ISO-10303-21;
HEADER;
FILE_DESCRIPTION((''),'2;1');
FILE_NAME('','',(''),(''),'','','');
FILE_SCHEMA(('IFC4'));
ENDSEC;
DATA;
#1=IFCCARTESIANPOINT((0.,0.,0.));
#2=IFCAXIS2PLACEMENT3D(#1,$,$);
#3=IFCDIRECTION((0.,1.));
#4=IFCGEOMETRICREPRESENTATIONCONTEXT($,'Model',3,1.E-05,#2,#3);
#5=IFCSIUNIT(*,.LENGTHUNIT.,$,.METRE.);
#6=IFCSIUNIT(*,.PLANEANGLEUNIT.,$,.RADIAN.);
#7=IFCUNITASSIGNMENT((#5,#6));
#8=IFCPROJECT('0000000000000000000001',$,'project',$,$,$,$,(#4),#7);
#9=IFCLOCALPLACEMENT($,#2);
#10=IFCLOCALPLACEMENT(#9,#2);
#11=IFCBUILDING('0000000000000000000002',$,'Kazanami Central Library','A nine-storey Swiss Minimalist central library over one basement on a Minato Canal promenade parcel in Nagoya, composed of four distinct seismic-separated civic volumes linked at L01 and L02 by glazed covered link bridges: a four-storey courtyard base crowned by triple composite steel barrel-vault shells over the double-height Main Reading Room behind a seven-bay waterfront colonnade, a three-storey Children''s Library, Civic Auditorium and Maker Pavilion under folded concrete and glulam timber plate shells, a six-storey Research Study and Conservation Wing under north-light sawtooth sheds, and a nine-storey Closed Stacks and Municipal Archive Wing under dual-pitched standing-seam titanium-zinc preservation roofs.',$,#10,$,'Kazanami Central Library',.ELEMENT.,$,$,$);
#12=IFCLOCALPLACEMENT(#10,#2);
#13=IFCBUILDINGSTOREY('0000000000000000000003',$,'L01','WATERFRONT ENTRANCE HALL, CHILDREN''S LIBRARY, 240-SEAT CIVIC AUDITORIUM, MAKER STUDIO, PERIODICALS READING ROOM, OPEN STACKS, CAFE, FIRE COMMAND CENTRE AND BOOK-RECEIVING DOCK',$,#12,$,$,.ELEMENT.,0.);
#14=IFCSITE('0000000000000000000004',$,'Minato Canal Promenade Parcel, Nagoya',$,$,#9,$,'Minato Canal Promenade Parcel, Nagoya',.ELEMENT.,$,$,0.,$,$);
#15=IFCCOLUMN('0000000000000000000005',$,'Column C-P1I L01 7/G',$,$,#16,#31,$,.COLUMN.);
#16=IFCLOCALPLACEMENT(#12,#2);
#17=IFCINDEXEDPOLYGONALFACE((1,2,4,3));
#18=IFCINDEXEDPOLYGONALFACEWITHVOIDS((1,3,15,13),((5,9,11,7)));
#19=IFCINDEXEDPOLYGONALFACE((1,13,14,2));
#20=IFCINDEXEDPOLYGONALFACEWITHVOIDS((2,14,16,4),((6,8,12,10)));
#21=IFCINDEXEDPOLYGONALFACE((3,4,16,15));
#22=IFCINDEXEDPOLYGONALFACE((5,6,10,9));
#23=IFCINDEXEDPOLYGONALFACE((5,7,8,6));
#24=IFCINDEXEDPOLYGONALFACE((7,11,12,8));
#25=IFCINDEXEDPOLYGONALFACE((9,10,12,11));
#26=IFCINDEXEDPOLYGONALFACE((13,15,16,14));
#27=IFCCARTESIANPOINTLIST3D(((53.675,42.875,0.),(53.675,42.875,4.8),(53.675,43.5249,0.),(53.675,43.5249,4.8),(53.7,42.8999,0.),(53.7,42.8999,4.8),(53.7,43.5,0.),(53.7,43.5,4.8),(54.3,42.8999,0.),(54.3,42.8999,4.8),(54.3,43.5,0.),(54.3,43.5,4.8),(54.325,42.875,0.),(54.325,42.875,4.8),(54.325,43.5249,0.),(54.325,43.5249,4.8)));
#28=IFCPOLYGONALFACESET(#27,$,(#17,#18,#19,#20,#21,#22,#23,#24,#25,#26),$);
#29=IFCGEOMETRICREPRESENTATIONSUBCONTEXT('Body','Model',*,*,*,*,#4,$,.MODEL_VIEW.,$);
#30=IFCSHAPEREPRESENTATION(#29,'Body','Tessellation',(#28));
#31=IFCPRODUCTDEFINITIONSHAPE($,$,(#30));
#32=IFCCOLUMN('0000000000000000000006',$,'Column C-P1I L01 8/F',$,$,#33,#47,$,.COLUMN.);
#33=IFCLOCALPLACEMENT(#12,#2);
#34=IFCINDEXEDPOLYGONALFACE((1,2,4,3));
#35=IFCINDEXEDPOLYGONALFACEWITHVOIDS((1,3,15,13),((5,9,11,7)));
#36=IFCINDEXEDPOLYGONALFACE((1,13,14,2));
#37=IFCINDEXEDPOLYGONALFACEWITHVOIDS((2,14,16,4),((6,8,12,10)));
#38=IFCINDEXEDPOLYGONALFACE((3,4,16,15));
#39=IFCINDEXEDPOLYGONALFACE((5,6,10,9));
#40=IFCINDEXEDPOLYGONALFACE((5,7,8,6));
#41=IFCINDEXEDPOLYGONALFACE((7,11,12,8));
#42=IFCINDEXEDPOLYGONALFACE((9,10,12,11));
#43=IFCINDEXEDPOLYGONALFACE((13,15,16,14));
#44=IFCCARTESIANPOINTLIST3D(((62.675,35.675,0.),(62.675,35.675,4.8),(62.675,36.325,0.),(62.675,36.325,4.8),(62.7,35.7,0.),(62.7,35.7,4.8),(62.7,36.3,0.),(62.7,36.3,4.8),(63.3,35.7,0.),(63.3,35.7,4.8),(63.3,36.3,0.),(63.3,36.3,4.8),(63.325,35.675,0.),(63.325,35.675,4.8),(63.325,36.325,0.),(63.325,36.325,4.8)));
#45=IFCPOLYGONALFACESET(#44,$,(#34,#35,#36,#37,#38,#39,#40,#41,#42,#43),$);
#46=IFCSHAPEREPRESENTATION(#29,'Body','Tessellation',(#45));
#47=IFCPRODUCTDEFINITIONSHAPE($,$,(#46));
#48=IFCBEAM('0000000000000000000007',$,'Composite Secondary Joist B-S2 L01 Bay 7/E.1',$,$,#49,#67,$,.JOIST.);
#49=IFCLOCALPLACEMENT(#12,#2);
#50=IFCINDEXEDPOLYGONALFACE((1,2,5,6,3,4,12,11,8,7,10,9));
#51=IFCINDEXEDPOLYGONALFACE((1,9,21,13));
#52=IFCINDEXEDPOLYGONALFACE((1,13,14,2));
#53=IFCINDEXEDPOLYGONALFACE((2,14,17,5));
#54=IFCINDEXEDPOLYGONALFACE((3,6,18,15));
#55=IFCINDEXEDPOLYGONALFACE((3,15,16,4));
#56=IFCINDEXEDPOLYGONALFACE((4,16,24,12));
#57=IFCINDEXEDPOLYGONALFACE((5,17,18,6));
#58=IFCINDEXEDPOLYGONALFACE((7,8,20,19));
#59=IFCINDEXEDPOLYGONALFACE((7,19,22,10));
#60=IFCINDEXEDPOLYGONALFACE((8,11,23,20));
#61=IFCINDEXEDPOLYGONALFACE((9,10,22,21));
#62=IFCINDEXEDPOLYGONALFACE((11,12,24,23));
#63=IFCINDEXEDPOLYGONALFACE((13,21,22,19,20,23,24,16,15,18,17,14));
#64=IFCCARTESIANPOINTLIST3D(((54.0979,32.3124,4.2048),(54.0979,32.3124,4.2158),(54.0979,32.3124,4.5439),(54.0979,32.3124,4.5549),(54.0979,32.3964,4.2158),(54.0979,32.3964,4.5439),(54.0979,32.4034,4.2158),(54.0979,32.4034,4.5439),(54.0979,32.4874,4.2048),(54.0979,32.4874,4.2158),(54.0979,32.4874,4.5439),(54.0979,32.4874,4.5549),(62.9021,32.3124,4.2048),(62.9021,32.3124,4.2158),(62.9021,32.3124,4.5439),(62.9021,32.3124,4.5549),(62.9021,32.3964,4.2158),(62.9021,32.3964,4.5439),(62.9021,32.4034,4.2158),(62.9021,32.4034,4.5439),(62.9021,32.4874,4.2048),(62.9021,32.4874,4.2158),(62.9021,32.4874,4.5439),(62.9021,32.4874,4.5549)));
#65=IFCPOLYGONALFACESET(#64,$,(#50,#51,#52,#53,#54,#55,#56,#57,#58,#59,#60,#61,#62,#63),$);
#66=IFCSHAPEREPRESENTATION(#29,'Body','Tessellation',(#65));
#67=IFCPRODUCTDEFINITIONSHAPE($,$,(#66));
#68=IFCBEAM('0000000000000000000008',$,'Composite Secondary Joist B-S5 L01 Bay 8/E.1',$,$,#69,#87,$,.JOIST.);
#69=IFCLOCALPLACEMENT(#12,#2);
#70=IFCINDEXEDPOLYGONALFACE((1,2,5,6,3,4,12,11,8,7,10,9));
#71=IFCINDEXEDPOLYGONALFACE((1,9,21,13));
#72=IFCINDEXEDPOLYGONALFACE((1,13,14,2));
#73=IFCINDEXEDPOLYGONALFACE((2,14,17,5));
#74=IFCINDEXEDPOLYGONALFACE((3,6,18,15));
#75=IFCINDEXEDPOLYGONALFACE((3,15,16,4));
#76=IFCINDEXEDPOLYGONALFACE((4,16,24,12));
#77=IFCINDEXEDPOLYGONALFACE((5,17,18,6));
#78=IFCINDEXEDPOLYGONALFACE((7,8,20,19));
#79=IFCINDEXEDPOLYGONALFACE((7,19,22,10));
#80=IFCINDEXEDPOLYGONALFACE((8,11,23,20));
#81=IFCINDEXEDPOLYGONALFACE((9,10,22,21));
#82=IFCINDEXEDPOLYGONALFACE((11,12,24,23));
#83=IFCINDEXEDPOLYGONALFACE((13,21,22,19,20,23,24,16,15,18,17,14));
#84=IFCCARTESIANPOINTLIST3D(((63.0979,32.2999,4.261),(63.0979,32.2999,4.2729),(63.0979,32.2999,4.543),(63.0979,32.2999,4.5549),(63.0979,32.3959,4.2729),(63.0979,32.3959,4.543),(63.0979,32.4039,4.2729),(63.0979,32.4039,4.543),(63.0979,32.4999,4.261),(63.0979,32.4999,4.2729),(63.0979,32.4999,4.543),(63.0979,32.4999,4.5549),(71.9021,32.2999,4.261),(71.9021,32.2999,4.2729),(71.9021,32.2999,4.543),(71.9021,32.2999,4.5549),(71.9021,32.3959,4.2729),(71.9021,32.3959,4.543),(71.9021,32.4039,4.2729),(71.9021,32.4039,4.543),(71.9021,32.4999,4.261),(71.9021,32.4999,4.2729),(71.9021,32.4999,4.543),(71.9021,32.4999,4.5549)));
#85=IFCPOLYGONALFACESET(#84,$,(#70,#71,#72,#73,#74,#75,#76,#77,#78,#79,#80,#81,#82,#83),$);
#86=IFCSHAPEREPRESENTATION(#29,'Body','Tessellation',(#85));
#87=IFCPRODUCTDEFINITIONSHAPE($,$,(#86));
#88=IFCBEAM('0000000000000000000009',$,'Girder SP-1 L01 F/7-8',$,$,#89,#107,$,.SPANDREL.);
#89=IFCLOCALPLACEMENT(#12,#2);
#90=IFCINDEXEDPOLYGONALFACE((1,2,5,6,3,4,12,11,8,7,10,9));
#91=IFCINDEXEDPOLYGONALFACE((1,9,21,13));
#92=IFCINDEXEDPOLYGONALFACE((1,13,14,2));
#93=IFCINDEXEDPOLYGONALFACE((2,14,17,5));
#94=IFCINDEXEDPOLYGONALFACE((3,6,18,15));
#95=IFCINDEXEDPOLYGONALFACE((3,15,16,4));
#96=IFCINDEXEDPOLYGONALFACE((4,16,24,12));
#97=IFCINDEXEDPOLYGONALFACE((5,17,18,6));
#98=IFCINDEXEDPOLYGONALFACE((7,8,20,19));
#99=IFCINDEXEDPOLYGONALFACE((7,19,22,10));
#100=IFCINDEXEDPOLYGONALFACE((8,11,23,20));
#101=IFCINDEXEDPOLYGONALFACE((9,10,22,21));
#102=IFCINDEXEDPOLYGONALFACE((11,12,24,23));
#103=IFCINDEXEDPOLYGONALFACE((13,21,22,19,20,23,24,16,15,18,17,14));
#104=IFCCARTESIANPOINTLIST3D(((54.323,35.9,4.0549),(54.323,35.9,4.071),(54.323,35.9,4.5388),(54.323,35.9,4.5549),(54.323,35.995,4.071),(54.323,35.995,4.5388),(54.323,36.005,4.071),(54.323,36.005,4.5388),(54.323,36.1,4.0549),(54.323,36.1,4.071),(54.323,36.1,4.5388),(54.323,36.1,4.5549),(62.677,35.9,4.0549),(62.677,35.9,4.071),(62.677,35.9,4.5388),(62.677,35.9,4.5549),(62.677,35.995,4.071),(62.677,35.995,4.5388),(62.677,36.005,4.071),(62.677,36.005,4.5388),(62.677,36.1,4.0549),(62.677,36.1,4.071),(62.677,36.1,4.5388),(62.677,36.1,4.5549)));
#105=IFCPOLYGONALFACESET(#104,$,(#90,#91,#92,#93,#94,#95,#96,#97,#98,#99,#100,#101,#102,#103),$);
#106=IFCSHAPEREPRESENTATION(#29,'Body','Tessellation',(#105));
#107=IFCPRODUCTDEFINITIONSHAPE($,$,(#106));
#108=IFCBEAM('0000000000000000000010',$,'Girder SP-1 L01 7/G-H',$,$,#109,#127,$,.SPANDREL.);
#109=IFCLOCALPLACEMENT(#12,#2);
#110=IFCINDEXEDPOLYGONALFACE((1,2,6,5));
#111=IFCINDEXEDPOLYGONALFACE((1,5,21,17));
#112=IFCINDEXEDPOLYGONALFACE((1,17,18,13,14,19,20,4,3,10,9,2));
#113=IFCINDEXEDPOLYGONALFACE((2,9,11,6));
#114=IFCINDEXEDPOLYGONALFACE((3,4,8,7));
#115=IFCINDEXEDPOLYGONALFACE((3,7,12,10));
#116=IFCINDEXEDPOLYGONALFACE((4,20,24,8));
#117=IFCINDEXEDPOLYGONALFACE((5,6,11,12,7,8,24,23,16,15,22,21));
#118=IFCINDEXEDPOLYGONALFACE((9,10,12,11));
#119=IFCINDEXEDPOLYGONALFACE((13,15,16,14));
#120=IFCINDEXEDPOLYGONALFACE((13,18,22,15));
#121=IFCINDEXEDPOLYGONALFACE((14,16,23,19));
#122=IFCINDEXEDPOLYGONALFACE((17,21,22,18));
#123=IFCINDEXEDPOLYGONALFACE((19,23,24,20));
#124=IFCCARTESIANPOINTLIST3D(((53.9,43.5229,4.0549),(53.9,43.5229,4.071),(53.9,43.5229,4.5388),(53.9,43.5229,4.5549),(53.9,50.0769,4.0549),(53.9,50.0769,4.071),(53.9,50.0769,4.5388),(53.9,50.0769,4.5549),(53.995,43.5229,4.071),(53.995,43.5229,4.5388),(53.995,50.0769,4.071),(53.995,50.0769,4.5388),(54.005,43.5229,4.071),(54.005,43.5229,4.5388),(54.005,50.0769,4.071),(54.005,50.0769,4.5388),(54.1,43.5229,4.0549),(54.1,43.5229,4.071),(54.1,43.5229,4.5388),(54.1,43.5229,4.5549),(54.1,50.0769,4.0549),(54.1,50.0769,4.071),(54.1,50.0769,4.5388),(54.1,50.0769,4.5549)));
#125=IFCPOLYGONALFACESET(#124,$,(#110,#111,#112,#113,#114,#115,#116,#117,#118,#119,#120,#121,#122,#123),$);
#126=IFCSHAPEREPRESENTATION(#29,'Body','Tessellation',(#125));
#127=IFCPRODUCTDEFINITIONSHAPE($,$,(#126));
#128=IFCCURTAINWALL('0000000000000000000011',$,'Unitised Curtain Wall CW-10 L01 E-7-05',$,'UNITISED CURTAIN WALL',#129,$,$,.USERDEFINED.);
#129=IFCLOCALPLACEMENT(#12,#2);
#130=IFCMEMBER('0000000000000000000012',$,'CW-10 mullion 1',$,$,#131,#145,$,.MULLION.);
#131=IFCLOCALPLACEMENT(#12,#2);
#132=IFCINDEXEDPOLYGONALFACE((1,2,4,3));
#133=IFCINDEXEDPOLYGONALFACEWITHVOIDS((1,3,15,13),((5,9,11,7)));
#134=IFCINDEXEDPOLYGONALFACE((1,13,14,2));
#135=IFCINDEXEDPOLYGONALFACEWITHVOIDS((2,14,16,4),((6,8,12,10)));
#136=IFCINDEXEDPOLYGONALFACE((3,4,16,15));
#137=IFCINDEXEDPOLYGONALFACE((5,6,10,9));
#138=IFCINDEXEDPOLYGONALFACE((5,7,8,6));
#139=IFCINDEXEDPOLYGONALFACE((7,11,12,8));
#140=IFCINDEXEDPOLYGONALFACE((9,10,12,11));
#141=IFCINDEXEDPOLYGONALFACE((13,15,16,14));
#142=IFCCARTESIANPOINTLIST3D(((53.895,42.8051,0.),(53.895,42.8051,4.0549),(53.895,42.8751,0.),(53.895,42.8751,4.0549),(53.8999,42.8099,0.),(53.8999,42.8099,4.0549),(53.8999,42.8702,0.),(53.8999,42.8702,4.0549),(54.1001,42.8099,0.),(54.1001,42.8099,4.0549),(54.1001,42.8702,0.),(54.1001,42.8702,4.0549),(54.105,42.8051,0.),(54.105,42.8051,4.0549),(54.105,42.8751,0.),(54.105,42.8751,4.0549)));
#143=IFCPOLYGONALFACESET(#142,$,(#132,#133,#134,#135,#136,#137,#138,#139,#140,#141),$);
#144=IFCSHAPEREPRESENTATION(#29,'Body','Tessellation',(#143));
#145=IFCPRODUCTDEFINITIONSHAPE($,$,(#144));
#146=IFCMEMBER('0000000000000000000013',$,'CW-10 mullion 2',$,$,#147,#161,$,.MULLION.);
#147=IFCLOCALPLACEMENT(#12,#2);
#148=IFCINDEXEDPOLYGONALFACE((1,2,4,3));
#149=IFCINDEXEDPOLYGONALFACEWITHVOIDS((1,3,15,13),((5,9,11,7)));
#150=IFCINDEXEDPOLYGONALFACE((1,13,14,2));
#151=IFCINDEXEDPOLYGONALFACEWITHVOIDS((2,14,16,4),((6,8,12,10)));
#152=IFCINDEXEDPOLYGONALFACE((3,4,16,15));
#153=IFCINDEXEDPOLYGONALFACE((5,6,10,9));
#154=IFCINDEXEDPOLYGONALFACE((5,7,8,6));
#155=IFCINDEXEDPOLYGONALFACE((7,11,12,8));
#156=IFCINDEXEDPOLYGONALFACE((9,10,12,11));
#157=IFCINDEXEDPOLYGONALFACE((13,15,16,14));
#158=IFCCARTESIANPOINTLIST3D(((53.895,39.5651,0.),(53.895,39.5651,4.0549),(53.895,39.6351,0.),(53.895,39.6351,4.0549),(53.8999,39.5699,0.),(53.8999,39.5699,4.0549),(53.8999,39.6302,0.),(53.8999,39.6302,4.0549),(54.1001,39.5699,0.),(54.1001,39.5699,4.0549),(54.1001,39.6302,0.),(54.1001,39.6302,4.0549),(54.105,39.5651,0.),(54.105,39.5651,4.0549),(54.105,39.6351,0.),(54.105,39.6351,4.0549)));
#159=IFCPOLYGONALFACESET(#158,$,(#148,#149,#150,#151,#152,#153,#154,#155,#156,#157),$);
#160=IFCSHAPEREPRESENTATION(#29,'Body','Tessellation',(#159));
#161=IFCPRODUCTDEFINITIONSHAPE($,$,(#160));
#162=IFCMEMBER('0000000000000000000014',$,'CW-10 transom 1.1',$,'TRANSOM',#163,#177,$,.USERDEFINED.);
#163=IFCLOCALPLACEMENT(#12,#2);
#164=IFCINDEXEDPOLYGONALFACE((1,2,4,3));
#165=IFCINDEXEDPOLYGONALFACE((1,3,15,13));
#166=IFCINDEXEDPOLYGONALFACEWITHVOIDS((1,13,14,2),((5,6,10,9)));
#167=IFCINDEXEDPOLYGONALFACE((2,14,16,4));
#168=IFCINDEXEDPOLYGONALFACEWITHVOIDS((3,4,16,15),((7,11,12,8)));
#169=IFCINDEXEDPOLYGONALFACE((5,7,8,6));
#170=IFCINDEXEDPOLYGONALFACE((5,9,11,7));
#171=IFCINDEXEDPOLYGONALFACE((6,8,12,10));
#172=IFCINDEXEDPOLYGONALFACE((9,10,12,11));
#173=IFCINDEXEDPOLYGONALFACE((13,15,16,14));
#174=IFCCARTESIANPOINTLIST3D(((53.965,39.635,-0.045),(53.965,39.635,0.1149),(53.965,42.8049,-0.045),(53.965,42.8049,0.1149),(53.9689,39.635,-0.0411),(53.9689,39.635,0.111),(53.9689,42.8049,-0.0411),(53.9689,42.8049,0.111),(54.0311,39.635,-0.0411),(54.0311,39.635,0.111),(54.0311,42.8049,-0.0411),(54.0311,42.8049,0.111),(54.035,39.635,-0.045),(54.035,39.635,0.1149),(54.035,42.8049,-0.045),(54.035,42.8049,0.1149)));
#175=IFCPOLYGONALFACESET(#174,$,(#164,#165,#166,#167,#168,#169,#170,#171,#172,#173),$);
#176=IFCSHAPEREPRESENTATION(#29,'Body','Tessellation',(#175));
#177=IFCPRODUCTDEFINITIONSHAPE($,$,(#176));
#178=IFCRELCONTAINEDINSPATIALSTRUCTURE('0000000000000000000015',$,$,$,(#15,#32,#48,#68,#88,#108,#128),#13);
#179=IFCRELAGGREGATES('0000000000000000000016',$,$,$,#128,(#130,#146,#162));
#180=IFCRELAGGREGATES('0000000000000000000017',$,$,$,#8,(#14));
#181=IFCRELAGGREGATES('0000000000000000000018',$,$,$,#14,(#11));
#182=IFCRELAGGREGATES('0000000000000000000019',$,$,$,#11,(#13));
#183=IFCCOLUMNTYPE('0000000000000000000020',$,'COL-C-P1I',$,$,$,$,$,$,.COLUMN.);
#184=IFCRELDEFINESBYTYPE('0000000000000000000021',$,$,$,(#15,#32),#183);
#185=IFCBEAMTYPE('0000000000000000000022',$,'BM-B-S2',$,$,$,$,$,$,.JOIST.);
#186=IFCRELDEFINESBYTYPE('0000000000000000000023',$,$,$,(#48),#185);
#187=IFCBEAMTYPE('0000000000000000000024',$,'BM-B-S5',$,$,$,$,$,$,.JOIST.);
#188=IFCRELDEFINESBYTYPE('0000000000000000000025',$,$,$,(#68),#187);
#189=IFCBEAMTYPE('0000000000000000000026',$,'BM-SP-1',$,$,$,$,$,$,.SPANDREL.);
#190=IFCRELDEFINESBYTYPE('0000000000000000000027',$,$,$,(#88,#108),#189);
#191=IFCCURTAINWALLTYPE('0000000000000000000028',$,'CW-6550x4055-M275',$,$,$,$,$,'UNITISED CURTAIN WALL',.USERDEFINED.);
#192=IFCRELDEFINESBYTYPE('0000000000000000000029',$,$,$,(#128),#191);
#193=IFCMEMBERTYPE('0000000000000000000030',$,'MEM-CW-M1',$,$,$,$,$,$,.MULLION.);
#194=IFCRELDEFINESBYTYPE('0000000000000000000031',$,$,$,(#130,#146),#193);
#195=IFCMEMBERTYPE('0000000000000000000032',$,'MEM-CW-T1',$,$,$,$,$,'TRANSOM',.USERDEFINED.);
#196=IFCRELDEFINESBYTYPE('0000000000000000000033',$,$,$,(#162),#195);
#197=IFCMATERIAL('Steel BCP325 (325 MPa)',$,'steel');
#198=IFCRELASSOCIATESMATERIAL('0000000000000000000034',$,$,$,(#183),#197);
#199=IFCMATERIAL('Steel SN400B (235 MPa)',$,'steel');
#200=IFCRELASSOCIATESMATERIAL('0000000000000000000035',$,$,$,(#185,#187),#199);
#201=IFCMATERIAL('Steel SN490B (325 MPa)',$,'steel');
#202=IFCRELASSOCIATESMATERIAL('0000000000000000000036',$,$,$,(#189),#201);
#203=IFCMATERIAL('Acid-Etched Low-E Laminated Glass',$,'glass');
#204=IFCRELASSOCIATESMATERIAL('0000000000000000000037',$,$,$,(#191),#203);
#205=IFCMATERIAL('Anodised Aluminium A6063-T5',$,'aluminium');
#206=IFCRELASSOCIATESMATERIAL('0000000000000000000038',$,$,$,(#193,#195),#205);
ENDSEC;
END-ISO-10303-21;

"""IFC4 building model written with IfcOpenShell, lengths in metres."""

from ifc_helpers import new_model, si_unit, direction, frame, origin, origin_2d, place, context, subcontext, project, spatial, hollow_rectangle, i_section, extrude, material, material_profile, profile_set, type_object, element, aggregate, save


model = new_model("IFC4")

# Units and contexts
model_context = context("Model", 3, precision=1e-05, world=origin(), true_north=direction((0.0, 1.0)))
body_context = subcontext(model_context, "Body", "Model", "MODEL_VIEW")
ifc_project = project(units=[si_unit("LENGTHUNIT", "METRE"), si_unit("PLANEANGLEUNIT", "RADIAN")], contexts=[model_context])

# Site, building, storey
site_placement = place(None, origin())
site = spatial("IfcSite", under=ifc_project, at=site_placement, Name="Minato Canal Promenade Parcel, Nagoya", LongName="Minato Canal Promenade Parcel, Nagoya", CompositionType="ELEMENT", RefElevation=0.0)
building_placement = place(site_placement, origin())
building = spatial("IfcBuilding", under=site, at=building_placement, Name="Kazanami Central Library", Description="A nine-storey Swiss Minimalist central library over one basement on a Minato Canal promenade parcel in Nagoya, composed of four distinct seismic-separated civic volumes linked at L01 and L02 by glazed covered link bridges: a four-storey courtyard base crowned by triple composite steel barrel-vault shells over the double-height Main Reading Room behind a seven-bay waterfront colonnade, a three-storey Children's Library, Civic Auditorium and Maker Pavilion under folded concrete and glulam timber plate shells, a six-storey Research Study and Conservation Wing under north-light sawtooth sheds, and a nine-storey Closed Stacks and Municipal Archive Wing under dual-pitched standing-seam titanium-zinc preservation roofs.", LongName="Kazanami Central Library", CompositionType="ELEMENT")
storey_placement = place(building_placement, origin())
storey = spatial("IfcBuildingStorey", under=building, at=storey_placement, Name="L01", Description="WATERFRONT ENTRANCE HALL, CHILDREN'S LIBRARY, 240-SEAT CIVIC AUDITORIUM, MAKER STUDIO, PERIODICALS READING ROOM, OPEN STACKS, CAFE, FIRE COMMAND CENTRE AND BOOK-RECEIVING DOCK", CompositionType="ELEMENT", Elevation=0.0)

# Columns
ifc_material_1 = material(Name="Steel BCP325 (325 MPa)", Category="steel")
ifc_material_profile_1 = material_profile(ifc_material_1, hollow_rectangle(XDim=0.6499, YDim=0.6499, WallThickness=0.0249, at=origin_2d()), Name="BCP-650x650x25")
ifc_profile_set_1 = profile_set([ifc_material_profile_1], Name="Steel BCP325 (325 MPa)")
column_type = type_object("IfcColumnType", Name="COL-C-P1I", PredefinedType="COLUMN", material=ifc_profile_set_1)
for number, where, z_axis, x_axis, name in (
    (1, (54.0, 43.2, 0.0), (0.0, 0.0, 1.0), (1.0, 0.0, 0.0), "Column C-P1I L01 7/G"),
    (2, (63.0, 36.0, 0.0), (0.0, 0.0, 1.0), (1.0, 0.0, 0.0), "Column C-P1I L01 8/F"),
):
    element("IfcColumn", number, at=place(storey_placement, frame(where, z_axis=z_axis, x_axis=x_axis)), inside=storey, type_object=column_type, Name=name, PredefinedType="COLUMN", context=body_context, shape_type="SweptSolid", body=[
        extrude(hollow_rectangle(XDim=0.6499, YDim=0.6499, WallThickness=0.0249, at=origin_2d()), origin(), (0.0, 0.0, 1.0), 4.8),
    ])

# Beams
ifc_material_2 = material(Name="Steel SN400B (235 MPa)", Category="steel")
ifc_material_profile_2 = material_profile(ifc_material_2, i_section(OverallWidth=0.175, OverallDepth=0.3501, WebThickness=0.0071, FlangeThickness=0.011, at=origin_2d()), Name="H-350x175x7x11")
ifc_profile_set_2 = profile_set([ifc_material_profile_2], Name="Steel SN400B (235 MPa)")
beam_type_1 = type_object("IfcBeamType", Name="BM-B-S2", PredefinedType="JOIST", material=ifc_profile_set_2)
beam_1_placement = place(storey_placement, frame((54.0979, 32.3999, 4.3799), z_axis=(1.0, 0.0, 0.0), x_axis=(0.0, 1.0, 0.0)))
element("IfcBeam", 3, at=beam_1_placement, inside=storey, type_object=beam_type_1, Name="Composite Secondary Joist B-S2 L01 Bay 7/E.1", PredefinedType="JOIST", context=body_context, shape_type="SweptSolid", body=[
    extrude(i_section(OverallWidth=0.175, OverallDepth=0.3501, WebThickness=0.0071, FlangeThickness=0.011, at=origin_2d()), origin(), (0.0, 0.0, 1.0), 8.8042),
])
ifc_material_profile_3 = material_profile(ifc_material_2, i_section(OverallWidth=0.2, OverallDepth=0.2939, WebThickness=0.0081, FlangeThickness=0.012, at=origin_2d()), Name="H-294x200x8x12")
ifc_profile_set_3 = profile_set([ifc_material_profile_3], Name="Steel SN400B (235 MPa)")
beam_type_2 = type_object("IfcBeamType", Name="BM-B-S5", PredefinedType="JOIST", material=ifc_profile_set_3)
beam_2_placement = place(storey_placement, frame((63.0979, 32.3999, 4.408), z_axis=(1.0, 0.0, 0.0), x_axis=(0.0, 1.0, 0.0)))
element("IfcBeam", 4, at=beam_2_placement, inside=storey, type_object=beam_type_2, Name="Composite Secondary Joist B-S5 L01 Bay 8/E.1", PredefinedType="JOIST", context=body_context, shape_type="SweptSolid", body=[
    extrude(i_section(OverallWidth=0.2, OverallDepth=0.2939, WebThickness=0.0081, FlangeThickness=0.012, at=origin_2d()), origin(), (0.0, 0.0, 1.0), 8.8042),
])
ifc_material_3 = material(Name="Steel SN490B (325 MPa)", Category="steel")
ifc_material_profile_4 = material_profile(ifc_material_3, i_section(OverallWidth=0.2, OverallDepth=0.5, WebThickness=0.01, FlangeThickness=0.0161, at=origin_2d()), Name="H-500x200x10x16")
ifc_profile_set_4 = profile_set([ifc_material_profile_4], Name="Steel SN490B (325 MPa)")
beam_type_3 = type_object("IfcBeamType", Name="BM-SP-1", PredefinedType="SPANDREL", material=ifc_profile_set_4)
beam_3_placement = place(storey_placement, frame((54.323, 36.0, 4.3049), z_axis=(1.0, 0.0, 0.0), x_axis=(0.0, 1.0, 0.0)))
element("IfcBeam", 5, at=beam_3_placement, inside=storey, type_object=beam_type_3, Name="Girder SP-1 L01 F/7-8", PredefinedType="SPANDREL", context=body_context, shape_type="SweptSolid", body=[
    extrude(i_section(OverallWidth=0.2, OverallDepth=0.5, WebThickness=0.01, FlangeThickness=0.0161, at=origin_2d()), origin(), (0.0, 0.0, 1.0), 8.354),
])
beam_4_placement = place(storey_placement, frame((54.0, 43.5229, 4.3049), z_axis=(0.0, 1.0, 0.0), x_axis=(-1.0, 0.0, 0.0)))
element("IfcBeam", 6, at=beam_4_placement, inside=storey, type_object=beam_type_3, Name="Girder SP-1 L01 7/G-H", PredefinedType="SPANDREL", context=body_context, shape_type="SweptSolid", body=[
    extrude(i_section(OverallWidth=0.2, OverallDepth=0.5, WebThickness=0.01, FlangeThickness=0.0161, at=origin_2d()), origin(), (0.0, 0.0, 1.0), 6.554),
])

# Curtain wall, members
ifc_material_4 = material(Name="Acid-Etched Low-E Laminated Glass", Category="glass")
curtain_wall_type = type_object("IfcCurtainWallType", Name="CW-6550x4055-M275", ElementType="UNITISED CURTAIN WALL", PredefinedType="USERDEFINED", material=ifc_material_4)
curtain_wall_placement = place(storey_placement, origin())
curtain_wall = element("IfcCurtainWall", 7, at=curtain_wall_placement, inside=storey, type_object=curtain_wall_type, Name="Unitised Curtain Wall CW-10 L01 E-7-05", ObjectType="UNITISED CURTAIN WALL", PredefinedType="USERDEFINED")
ifc_material_5 = material(Name="Anodised Aluminium A6063-T5", Category="aluminium")
ifc_material_profile_5 = material_profile(ifc_material_5, hollow_rectangle(XDim=0.0701, YDim=0.21, WallThickness=0.0049, at=origin_2d()), Name="ALU-MULL-70x210x5")
ifc_profile_set_5 = profile_set([ifc_material_profile_5], Name="Anodised Aluminium A6063-T5")
member_type_1 = type_object("IfcMemberType", Name="MEM-CW-M1", PredefinedType="MULLION", material=ifc_profile_set_5)
member_1_placement = place(storey_placement, frame((54.0, 42.8401, 0.0), z_axis=(0.0, 0.0, 1.0), x_axis=(0.0, -1.0, 0.0)))
member_1 = element("IfcMember", 8, at=member_1_placement, type_object=member_type_1, Name="CW-10 mullion 1", PredefinedType="MULLION", context=body_context, shape_type="SweptSolid", body=[
    extrude(hollow_rectangle(XDim=0.0701, YDim=0.21, WallThickness=0.0049, at=origin_2d()), origin(), (0.0, 0.0, 1.0), 4.0549),
])
member_2_placement = place(storey_placement, frame((54.0, 39.6001, 0.0), z_axis=(0.0, 0.0, 1.0), x_axis=(0.0, -1.0, 0.0)))
member_2 = element("IfcMember", 9, at=member_2_placement, type_object=member_type_1, Name="CW-10 mullion 2", PredefinedType="MULLION", context=body_context, shape_type="SweptSolid", body=[
    extrude(hollow_rectangle(XDim=0.0701, YDim=0.21, WallThickness=0.0049, at=origin_2d()), origin(), (0.0, 0.0, 1.0), 4.0549),
])
ifc_material_profile_6 = material_profile(ifc_material_5, hollow_rectangle(XDim=0.0701, YDim=0.1599, WallThickness=0.0039, at=origin_2d()), Name="ALU-TRAN-70x160x4")
ifc_profile_set_6 = profile_set([ifc_material_profile_6], Name="Anodised Aluminium A6063-T5")
member_type_2 = type_object("IfcMemberType", Name="MEM-CW-T1", ElementType="TRANSOM", PredefinedType="USERDEFINED", material=ifc_profile_set_6)
member_3_placement = place(storey_placement, frame((54.0, 42.8049, 0.0349), z_axis=(0.0, -1.0, 0.0), x_axis=(1.0, 0.0, 0.0)))
member_3 = element("IfcMember", 10, at=member_3_placement, type_object=member_type_2, Name="CW-10 transom 1.1", ObjectType="TRANSOM", PredefinedType="USERDEFINED", context=body_context, shape_type="SweptSolid", body=[
    extrude(hollow_rectangle(XDim=0.0701, YDim=0.1599, WallThickness=0.0039, at=origin_2d()), origin(), (0.0, 0.0, 1.0), 3.1699),
])
aggregate(curtain_wall, [member_1, member_2, member_3])

save(model, "model.ifc")
